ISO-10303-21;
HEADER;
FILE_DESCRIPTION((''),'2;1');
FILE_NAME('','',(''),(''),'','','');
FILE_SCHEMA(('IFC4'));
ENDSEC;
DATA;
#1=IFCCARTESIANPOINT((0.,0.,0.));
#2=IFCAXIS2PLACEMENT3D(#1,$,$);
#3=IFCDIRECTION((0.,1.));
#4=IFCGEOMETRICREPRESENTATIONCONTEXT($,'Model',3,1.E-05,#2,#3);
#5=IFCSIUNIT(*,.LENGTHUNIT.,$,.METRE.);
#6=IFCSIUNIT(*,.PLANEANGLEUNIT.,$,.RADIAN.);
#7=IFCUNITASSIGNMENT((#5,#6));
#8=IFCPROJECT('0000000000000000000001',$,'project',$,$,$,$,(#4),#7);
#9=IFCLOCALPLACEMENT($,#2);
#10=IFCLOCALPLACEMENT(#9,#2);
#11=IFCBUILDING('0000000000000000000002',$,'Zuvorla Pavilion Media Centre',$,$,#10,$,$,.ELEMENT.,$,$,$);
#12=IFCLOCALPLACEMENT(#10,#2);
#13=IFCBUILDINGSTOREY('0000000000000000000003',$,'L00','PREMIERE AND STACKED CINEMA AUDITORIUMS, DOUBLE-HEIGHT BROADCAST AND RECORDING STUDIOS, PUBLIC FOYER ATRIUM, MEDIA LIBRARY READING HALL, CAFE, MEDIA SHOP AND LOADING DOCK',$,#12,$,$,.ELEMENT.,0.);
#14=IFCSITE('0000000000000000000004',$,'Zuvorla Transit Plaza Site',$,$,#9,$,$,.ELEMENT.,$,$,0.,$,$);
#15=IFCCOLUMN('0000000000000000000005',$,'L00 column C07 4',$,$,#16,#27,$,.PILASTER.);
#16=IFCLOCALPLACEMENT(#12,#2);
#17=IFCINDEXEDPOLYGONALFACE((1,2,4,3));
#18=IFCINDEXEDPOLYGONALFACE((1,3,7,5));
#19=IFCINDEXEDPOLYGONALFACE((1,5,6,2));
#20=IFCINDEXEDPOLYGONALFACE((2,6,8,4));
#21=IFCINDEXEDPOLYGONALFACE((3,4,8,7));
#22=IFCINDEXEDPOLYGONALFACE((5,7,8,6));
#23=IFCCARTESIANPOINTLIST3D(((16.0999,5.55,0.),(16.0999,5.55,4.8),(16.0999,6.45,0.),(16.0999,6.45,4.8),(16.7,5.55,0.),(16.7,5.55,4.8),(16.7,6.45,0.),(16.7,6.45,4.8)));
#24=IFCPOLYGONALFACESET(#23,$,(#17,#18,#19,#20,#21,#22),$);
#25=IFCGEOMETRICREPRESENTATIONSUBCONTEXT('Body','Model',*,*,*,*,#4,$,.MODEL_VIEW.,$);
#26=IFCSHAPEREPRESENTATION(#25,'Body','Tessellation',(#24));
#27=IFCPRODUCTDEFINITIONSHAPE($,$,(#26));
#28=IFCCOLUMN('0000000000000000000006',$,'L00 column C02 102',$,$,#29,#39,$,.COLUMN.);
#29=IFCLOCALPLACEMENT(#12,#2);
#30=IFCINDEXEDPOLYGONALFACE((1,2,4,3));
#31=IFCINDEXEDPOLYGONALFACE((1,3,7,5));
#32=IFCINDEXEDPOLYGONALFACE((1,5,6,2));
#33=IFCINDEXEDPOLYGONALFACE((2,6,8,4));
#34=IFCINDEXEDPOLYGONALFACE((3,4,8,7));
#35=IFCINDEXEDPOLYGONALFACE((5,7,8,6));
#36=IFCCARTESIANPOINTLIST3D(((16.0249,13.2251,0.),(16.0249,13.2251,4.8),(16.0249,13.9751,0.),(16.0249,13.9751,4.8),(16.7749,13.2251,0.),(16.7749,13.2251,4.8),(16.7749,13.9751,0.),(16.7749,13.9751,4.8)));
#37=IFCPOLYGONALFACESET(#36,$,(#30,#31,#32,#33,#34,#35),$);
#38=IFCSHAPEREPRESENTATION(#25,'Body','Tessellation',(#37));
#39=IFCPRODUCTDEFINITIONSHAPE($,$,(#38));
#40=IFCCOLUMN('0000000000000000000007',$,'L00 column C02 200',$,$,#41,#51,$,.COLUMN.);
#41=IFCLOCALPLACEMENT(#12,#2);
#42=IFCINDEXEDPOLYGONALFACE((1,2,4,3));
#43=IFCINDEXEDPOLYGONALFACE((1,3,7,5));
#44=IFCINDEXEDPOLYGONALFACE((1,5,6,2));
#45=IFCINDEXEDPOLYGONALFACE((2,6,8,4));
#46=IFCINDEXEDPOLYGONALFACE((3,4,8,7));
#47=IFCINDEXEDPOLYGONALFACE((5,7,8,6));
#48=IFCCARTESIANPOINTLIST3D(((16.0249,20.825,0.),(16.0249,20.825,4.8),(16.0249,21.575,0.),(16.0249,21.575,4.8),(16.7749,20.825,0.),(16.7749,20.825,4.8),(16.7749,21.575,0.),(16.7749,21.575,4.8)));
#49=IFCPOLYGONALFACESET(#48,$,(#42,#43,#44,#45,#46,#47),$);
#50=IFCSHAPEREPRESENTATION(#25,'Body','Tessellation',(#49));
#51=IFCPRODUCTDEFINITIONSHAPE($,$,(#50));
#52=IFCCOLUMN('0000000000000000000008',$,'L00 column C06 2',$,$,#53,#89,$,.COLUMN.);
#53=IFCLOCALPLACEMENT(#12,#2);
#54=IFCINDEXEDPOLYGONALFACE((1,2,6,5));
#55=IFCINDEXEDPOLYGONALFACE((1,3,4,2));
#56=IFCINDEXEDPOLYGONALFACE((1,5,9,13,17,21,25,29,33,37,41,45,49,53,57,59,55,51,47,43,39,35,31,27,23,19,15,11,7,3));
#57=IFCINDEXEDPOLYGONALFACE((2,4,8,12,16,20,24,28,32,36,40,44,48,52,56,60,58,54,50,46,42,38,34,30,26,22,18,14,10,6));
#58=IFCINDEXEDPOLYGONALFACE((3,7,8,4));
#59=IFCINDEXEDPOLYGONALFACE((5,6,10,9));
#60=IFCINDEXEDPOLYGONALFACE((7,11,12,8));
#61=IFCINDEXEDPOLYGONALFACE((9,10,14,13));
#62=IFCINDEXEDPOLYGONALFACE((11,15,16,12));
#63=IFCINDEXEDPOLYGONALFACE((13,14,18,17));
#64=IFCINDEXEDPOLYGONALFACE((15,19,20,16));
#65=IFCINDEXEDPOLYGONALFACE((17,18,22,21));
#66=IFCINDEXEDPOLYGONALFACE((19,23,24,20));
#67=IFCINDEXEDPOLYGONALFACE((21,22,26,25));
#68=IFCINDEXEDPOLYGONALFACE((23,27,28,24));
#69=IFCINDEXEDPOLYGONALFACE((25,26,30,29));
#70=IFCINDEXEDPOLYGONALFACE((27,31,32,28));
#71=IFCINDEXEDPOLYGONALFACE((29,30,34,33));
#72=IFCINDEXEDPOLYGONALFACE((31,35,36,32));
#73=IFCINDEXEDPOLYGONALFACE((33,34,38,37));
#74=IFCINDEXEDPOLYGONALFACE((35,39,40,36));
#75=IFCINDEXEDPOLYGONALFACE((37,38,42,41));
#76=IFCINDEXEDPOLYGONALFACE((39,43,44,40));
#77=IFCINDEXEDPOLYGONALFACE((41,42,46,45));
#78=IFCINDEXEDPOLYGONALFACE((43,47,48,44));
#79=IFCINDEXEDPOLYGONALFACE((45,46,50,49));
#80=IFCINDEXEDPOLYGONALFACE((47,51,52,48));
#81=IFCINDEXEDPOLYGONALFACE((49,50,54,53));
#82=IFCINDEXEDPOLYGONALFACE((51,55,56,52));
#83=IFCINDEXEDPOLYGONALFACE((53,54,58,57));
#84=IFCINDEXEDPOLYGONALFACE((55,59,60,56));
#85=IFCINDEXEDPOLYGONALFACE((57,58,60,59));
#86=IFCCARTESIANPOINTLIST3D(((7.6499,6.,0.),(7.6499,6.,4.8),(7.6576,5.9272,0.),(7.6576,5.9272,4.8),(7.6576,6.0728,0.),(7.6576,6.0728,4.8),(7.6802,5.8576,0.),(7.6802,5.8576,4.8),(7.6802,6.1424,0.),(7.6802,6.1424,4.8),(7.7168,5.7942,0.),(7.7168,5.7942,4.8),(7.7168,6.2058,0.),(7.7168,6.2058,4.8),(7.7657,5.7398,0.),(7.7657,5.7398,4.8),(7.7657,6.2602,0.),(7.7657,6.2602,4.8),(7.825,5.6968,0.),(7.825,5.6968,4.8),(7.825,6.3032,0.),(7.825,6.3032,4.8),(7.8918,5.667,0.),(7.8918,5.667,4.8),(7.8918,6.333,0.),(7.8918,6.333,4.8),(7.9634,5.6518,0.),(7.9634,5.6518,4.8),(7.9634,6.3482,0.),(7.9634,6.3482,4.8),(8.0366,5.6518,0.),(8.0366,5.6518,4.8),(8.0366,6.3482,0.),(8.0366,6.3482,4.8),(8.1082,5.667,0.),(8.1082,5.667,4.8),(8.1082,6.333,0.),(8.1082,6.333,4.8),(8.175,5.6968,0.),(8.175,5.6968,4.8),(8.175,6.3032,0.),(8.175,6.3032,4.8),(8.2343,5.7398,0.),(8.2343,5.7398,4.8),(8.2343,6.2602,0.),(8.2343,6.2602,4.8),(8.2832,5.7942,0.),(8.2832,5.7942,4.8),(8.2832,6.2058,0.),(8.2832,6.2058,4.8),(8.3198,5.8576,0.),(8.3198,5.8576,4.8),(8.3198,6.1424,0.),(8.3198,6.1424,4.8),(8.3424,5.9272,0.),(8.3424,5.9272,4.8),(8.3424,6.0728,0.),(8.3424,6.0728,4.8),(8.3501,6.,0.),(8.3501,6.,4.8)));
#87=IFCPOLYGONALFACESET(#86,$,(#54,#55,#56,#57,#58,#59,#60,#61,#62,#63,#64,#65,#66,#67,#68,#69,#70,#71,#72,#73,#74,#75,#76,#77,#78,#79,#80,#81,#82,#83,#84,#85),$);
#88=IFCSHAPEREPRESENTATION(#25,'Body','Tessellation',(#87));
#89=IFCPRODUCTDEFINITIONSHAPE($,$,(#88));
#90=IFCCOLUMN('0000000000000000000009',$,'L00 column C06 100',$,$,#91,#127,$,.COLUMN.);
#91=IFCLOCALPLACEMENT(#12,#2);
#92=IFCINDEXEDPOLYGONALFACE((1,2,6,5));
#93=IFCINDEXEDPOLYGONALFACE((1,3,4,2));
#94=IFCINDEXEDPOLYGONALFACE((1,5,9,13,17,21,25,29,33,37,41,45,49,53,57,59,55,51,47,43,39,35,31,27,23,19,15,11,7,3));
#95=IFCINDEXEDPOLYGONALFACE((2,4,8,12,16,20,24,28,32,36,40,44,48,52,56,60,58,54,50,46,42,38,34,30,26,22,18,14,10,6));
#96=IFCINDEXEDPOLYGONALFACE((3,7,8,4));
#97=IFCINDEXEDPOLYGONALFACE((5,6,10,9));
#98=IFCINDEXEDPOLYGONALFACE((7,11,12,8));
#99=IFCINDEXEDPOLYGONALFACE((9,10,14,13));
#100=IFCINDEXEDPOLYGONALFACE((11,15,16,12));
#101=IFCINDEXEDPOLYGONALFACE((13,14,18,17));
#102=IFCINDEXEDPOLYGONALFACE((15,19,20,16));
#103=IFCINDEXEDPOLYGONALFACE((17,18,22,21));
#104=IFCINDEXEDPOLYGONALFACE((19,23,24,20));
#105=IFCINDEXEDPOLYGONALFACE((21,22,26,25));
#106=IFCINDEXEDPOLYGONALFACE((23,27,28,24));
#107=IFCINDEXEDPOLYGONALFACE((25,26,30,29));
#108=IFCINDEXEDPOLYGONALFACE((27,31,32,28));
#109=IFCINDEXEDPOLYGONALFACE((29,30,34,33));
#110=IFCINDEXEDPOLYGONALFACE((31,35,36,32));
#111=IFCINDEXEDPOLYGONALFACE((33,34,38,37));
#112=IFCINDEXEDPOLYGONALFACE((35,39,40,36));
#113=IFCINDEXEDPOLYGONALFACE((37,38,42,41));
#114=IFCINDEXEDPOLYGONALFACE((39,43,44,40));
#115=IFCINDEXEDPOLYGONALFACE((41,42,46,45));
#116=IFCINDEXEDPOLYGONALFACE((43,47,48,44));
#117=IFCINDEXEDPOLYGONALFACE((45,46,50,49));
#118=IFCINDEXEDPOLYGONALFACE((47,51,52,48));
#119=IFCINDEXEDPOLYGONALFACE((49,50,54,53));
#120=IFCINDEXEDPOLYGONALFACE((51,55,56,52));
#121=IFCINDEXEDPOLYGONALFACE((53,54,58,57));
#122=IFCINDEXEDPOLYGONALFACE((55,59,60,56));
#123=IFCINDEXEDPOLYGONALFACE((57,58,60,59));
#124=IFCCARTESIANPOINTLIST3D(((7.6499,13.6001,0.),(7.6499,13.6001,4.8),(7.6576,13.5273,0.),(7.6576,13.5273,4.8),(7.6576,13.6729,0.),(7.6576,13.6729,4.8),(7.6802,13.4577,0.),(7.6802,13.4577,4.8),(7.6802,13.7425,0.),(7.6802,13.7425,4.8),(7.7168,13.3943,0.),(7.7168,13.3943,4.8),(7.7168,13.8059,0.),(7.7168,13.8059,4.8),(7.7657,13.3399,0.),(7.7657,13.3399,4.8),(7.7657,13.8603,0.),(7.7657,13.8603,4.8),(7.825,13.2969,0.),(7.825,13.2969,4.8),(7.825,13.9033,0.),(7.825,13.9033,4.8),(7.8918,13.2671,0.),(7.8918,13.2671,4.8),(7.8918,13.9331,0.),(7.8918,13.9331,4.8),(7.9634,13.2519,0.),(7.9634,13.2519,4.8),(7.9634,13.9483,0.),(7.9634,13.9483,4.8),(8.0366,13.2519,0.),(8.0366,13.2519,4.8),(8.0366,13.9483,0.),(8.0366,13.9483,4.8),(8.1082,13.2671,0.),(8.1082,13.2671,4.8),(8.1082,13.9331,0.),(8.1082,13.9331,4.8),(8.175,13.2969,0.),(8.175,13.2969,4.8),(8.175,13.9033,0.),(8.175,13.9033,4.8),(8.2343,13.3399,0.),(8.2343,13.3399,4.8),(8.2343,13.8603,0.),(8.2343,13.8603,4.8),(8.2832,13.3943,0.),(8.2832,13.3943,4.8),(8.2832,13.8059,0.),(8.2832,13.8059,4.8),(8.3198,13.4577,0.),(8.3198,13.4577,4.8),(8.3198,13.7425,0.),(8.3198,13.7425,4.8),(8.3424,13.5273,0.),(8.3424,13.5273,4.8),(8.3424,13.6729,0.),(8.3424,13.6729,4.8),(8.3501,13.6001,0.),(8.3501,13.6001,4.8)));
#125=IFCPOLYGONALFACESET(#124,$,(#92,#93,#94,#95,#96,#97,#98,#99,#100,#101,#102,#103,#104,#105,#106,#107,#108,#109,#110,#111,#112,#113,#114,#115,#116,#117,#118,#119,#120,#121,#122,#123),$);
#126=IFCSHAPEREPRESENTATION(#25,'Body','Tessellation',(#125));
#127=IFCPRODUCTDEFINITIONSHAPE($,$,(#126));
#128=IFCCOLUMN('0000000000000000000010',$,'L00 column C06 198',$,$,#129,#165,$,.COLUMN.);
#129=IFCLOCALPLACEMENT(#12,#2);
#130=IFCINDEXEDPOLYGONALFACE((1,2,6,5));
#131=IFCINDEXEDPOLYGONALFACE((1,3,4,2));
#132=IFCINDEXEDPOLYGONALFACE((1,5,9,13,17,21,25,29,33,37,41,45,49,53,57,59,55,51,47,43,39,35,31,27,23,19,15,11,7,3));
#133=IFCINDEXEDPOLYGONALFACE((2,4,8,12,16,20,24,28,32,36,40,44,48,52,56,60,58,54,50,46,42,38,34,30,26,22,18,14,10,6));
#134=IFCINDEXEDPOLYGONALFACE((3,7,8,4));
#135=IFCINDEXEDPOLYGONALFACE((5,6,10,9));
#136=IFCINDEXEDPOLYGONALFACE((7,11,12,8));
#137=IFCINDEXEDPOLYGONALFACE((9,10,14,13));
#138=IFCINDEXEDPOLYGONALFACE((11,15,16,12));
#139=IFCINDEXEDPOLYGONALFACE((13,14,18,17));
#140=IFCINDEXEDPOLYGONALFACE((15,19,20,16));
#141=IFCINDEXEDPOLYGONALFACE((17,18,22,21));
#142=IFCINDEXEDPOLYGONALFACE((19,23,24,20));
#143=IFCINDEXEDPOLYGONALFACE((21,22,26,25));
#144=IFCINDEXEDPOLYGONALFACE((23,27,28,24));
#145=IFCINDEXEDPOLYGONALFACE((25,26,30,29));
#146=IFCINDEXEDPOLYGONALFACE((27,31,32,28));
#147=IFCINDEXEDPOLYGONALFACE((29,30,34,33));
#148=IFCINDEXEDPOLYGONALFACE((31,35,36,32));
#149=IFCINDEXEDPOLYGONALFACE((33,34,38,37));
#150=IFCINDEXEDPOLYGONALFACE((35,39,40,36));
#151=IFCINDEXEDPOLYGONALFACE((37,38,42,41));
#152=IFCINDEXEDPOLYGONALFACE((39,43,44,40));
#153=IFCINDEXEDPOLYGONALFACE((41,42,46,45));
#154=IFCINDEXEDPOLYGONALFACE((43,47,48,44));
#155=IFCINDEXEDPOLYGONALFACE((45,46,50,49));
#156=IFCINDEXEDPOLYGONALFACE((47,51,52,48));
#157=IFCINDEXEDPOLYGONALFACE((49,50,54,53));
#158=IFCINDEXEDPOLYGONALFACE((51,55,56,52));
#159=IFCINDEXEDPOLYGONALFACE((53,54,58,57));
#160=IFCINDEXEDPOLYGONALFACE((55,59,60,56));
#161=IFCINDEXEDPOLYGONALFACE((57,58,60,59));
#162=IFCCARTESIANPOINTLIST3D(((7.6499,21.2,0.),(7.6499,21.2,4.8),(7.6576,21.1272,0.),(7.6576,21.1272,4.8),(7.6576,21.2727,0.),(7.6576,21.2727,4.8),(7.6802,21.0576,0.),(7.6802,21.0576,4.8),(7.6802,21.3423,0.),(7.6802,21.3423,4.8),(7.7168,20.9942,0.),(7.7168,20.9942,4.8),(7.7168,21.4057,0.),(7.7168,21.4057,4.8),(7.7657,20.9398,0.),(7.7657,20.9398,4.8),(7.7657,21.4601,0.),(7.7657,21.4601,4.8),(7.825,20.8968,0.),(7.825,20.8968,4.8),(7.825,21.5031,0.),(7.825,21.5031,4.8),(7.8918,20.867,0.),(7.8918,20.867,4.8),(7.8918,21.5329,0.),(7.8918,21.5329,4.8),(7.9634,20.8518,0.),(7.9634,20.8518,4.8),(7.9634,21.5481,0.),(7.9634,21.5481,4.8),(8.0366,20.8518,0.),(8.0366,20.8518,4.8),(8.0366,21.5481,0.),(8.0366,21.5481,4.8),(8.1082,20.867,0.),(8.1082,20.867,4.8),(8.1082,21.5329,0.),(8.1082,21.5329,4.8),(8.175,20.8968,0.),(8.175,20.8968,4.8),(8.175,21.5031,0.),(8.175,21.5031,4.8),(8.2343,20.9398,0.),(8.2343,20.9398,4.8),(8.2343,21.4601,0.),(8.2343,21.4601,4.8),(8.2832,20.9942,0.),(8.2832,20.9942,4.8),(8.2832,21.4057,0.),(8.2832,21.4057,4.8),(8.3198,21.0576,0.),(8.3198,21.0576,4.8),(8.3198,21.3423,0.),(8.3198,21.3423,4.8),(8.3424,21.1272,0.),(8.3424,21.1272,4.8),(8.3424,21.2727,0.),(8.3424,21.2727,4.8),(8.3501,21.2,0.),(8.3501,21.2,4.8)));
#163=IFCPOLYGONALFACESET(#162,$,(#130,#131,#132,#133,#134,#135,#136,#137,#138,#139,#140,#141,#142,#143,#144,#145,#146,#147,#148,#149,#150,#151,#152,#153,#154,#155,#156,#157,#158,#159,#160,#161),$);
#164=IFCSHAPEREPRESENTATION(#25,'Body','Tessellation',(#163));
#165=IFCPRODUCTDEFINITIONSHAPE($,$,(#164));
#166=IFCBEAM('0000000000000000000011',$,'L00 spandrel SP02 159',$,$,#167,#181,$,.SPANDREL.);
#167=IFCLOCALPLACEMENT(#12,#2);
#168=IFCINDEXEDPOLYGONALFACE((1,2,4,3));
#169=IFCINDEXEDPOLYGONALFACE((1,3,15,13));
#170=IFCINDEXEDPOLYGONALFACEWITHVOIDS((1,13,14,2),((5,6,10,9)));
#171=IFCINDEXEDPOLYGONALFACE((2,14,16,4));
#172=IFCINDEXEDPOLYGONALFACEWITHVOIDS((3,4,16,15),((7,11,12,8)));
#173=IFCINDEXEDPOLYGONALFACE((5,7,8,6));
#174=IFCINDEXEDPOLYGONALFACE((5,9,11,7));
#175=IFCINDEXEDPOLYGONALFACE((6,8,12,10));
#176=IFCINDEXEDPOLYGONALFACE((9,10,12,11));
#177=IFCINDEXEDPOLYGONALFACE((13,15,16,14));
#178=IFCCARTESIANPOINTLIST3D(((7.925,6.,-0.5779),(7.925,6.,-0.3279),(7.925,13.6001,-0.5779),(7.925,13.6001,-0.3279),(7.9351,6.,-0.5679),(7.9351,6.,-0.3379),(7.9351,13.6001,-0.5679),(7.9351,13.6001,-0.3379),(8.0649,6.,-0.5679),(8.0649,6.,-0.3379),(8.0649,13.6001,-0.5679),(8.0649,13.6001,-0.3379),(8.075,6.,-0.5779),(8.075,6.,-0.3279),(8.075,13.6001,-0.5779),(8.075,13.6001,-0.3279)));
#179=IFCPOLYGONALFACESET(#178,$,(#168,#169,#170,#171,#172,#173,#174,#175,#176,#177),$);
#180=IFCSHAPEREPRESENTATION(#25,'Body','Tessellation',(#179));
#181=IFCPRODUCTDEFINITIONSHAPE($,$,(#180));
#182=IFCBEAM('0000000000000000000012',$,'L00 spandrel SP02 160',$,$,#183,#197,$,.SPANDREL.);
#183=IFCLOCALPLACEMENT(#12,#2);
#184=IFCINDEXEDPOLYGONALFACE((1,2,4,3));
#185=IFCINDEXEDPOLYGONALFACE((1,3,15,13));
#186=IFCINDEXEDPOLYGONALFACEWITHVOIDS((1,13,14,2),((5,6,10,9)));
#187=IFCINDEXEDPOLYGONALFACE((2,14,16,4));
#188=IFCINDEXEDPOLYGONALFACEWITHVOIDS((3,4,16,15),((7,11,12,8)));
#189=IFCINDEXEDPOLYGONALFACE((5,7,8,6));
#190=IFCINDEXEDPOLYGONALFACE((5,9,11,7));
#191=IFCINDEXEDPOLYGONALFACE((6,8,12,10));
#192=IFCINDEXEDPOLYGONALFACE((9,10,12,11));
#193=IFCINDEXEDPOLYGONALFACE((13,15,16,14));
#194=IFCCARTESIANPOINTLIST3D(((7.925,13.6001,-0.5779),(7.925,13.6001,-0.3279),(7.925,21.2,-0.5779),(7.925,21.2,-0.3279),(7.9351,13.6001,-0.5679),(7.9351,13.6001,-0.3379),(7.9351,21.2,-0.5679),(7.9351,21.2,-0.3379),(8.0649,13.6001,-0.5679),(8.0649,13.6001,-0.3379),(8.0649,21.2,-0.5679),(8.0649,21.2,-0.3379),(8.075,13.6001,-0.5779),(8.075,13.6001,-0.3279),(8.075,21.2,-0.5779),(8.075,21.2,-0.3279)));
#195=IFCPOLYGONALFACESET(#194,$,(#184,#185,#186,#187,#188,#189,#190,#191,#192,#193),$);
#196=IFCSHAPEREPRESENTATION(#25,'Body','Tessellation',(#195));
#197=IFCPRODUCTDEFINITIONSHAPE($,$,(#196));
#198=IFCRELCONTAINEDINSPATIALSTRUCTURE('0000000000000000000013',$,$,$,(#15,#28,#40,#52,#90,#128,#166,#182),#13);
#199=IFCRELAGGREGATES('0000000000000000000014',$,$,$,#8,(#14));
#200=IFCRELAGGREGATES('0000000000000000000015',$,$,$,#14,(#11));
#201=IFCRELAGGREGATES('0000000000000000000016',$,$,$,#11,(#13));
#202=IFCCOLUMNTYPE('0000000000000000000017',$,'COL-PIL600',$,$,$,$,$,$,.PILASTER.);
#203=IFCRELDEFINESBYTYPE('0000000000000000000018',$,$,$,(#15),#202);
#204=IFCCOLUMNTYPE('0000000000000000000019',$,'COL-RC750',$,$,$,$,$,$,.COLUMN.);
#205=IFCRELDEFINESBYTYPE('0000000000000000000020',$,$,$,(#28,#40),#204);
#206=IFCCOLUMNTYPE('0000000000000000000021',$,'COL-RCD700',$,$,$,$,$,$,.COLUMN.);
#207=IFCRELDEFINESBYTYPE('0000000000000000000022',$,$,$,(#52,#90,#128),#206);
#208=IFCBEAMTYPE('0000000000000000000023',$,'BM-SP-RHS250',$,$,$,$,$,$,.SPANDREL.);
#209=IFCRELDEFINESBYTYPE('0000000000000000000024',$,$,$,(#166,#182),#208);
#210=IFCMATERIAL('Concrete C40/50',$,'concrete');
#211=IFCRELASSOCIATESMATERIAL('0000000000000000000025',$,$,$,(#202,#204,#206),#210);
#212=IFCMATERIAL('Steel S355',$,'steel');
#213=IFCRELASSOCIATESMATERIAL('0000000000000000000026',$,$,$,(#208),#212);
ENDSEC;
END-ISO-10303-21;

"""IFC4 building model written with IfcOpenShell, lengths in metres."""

from ifc_helpers import new_model, si_unit, direction, frame, origin, origin_2d, place, context, subcontext, project, spatial, rectangle, hollow_rectangle, circle, extrude, material, material_profile, profile_set, type_object, element, save


model = new_model("IFC4")

# Units and contexts
model_context = context("Model", 3, precision=1e-05, world=origin(), true_north=direction((0.0, 1.0)))
body_context = subcontext(model_context, "Body", "Model", "MODEL_VIEW")
ifc_project = project(units=[si_unit("LENGTHUNIT", "METRE"), si_unit("PLANEANGLEUNIT", "RADIAN")], contexts=[model_context])

# Site, building, storey
site_placement = place(None, origin())
site = spatial("IfcSite", under=ifc_project, at=site_placement, Name="Zuvorla Transit Plaza Site", CompositionType="ELEMENT", RefElevation=0.0)
building_placement = place(site_placement, origin())
building = spatial("IfcBuilding", under=site, at=building_placement, Name="Zuvorla Pavilion Media Centre", CompositionType="ELEMENT")
storey_placement = place(building_placement, origin())
storey = spatial("IfcBuildingStorey", under=building, at=storey_placement, Name="L00", Description="PREMIERE AND STACKED CINEMA AUDITORIUMS, DOUBLE-HEIGHT BROADCAST AND RECORDING STUDIOS, PUBLIC FOYER ATRIUM, MEDIA LIBRARY READING HALL, CAFE, MEDIA SHOP AND LOADING DOCK", CompositionType="ELEMENT", Elevation=0.0)

# Columns
ifc_material_1 = material(Name="Concrete C40/50", Category="concrete")
ifc_material_profile_1 = material_profile(ifc_material_1, rectangle(XDim=0.6001, YDim=0.8999, at=origin_2d()), Name="RC 600x900")
ifc_profile_set_1 = profile_set([ifc_material_profile_1], Name="Concrete C40/50")
column_type_1 = type_object("IfcColumnType", Name="COL-PIL600", PredefinedType="PILASTER", material=ifc_profile_set_1)
column_placement = place(storey_placement, frame((16.3999, 6.0, 0.0), z_axis=(0.0, 0.0, 1.0), x_axis=(1.0, 0.0, 0.0)))
element("IfcColumn", 1, at=column_placement, inside=storey, type_object=column_type_1, Name="L00 column C07 4", PredefinedType="PILASTER", context=body_context, shape_type="SweptSolid", body=[
    extrude(rectangle(XDim=0.6001, YDim=0.8999, at=origin_2d()), origin(), (0.0, 0.0, 1.0), 4.8),
])
ifc_material_profile_2 = material_profile(ifc_material_1, rectangle(XDim=0.75, YDim=0.75, at=origin_2d()), Name="RC 750x750")
ifc_profile_set_2 = profile_set([ifc_material_profile_2], Name="Concrete C40/50")
column_type_2 = type_object("IfcColumnType", Name="COL-RC750", PredefinedType="COLUMN", material=ifc_profile_set_2)
for number, where, z_axis, x_axis, name in (
    (2, (16.3999, 13.6001, 0.0), (0.0, 0.0, 1.0), (1.0, 0.0, 0.0), "L00 column C02 102"),
    (3, (16.3999, 21.2, 0.0), (0.0, 0.0, 1.0), (1.0, 0.0, 0.0), "L00 column C02 200"),
):
    element("IfcColumn", number, at=place(storey_placement, frame(where, z_axis=z_axis, x_axis=x_axis)), inside=storey, type_object=column_type_2, Name=name, PredefinedType="COLUMN", context=body_context, shape_type="SweptSolid", body=[
        extrude(rectangle(XDim=0.75, YDim=0.75, at=origin_2d()), origin(), (0.0, 0.0, 1.0), 4.8),
    ])
ifc_material_profile_3 = material_profile(ifc_material_1, circle(Radius=0.3501, at=origin_2d()), Name="RC D700")
ifc_profile_set_3 = profile_set([ifc_material_profile_3], Name="Concrete C40/50")
column_type_3 = type_object("IfcColumnType", Name="COL-RCD700", PredefinedType="COLUMN", material=ifc_profile_set_3)
for number, where, z_axis, x_axis, name in (
    (4, (8.0, 6.0, 0.0), (0.0, 0.0, 1.0), (1.0, 0.0, 0.0), "L00 column C06 2"),
    (5, (8.0, 13.6001, 0.0), (0.0, 0.0, 1.0), (1.0, 0.0, 0.0), "L00 column C06 100"),
    (6, (8.0, 21.2, 0.0), (0.0, 0.0, 1.0), (1.0, 0.0, 0.0), "L00 column C06 198"),
):
    element("IfcColumn", number, at=place(storey_placement, frame(where, z_axis=z_axis, x_axis=x_axis)), inside=storey, type_object=column_type_3, Name=name, PredefinedType="COLUMN", context=body_context, shape_type="SweptSolid", body=[
        extrude(circle(Radius=0.3501, at=origin_2d()), origin(), (0.0, 0.0, 1.0), 4.8),
    ])

# Beams
ifc_material_2 = material(Name="Steel S355", Category="steel")
ifc_material_profile_4 = material_profile(ifc_material_2, hollow_rectangle(XDim=0.1499, YDim=0.25, WallThickness=0.01, at=origin_2d()), Name="RHS 250x150x10")
ifc_profile_set_4 = profile_set([ifc_material_profile_4], Name="Steel S355")
beam_type_1 = type_object("IfcBeamType", Name="BM-SP-RHS250", PredefinedType="SPANDREL", material=ifc_profile_set_4)
beam_1_placement = place(storey_placement, frame((8.0, 6.0, -0.4529), z_axis=(0.0, 1.0, 0.0), x_axis=(-1.0, 0.0, 0.0)))
element("IfcBeam", 7, at=beam_1_placement, inside=storey, type_object=beam_type_1, Name="L00 spandrel SP02 159", PredefinedType="SPANDREL", context=body_context, shape_type="SweptSolid", body=[
    extrude(hollow_rectangle(XDim=0.1499, YDim=0.25, WallThickness=0.01, at=origin_2d()), origin(), (0.0, 0.0, 1.0), 7.6001),
])
beam_2_placement = place(storey_placement, frame((8.0, 13.6001, -0.4529), z_axis=(0.0, 1.0, 0.0), x_axis=(-1.0, 0.0, 0.0)))
element("IfcBeam", 8, at=beam_2_placement, inside=storey, type_object=beam_type_1, Name="L00 spandrel SP02 160", PredefinedType="SPANDREL", context=body_context, shape_type="SweptSolid", body=[
    extrude(hollow_rectangle(XDim=0.1499, YDim=0.25, WallThickness=0.01, at=origin_2d()), origin(), (0.0, 0.0, 1.0), 7.5999),
])

save(model, "model.ifc")
